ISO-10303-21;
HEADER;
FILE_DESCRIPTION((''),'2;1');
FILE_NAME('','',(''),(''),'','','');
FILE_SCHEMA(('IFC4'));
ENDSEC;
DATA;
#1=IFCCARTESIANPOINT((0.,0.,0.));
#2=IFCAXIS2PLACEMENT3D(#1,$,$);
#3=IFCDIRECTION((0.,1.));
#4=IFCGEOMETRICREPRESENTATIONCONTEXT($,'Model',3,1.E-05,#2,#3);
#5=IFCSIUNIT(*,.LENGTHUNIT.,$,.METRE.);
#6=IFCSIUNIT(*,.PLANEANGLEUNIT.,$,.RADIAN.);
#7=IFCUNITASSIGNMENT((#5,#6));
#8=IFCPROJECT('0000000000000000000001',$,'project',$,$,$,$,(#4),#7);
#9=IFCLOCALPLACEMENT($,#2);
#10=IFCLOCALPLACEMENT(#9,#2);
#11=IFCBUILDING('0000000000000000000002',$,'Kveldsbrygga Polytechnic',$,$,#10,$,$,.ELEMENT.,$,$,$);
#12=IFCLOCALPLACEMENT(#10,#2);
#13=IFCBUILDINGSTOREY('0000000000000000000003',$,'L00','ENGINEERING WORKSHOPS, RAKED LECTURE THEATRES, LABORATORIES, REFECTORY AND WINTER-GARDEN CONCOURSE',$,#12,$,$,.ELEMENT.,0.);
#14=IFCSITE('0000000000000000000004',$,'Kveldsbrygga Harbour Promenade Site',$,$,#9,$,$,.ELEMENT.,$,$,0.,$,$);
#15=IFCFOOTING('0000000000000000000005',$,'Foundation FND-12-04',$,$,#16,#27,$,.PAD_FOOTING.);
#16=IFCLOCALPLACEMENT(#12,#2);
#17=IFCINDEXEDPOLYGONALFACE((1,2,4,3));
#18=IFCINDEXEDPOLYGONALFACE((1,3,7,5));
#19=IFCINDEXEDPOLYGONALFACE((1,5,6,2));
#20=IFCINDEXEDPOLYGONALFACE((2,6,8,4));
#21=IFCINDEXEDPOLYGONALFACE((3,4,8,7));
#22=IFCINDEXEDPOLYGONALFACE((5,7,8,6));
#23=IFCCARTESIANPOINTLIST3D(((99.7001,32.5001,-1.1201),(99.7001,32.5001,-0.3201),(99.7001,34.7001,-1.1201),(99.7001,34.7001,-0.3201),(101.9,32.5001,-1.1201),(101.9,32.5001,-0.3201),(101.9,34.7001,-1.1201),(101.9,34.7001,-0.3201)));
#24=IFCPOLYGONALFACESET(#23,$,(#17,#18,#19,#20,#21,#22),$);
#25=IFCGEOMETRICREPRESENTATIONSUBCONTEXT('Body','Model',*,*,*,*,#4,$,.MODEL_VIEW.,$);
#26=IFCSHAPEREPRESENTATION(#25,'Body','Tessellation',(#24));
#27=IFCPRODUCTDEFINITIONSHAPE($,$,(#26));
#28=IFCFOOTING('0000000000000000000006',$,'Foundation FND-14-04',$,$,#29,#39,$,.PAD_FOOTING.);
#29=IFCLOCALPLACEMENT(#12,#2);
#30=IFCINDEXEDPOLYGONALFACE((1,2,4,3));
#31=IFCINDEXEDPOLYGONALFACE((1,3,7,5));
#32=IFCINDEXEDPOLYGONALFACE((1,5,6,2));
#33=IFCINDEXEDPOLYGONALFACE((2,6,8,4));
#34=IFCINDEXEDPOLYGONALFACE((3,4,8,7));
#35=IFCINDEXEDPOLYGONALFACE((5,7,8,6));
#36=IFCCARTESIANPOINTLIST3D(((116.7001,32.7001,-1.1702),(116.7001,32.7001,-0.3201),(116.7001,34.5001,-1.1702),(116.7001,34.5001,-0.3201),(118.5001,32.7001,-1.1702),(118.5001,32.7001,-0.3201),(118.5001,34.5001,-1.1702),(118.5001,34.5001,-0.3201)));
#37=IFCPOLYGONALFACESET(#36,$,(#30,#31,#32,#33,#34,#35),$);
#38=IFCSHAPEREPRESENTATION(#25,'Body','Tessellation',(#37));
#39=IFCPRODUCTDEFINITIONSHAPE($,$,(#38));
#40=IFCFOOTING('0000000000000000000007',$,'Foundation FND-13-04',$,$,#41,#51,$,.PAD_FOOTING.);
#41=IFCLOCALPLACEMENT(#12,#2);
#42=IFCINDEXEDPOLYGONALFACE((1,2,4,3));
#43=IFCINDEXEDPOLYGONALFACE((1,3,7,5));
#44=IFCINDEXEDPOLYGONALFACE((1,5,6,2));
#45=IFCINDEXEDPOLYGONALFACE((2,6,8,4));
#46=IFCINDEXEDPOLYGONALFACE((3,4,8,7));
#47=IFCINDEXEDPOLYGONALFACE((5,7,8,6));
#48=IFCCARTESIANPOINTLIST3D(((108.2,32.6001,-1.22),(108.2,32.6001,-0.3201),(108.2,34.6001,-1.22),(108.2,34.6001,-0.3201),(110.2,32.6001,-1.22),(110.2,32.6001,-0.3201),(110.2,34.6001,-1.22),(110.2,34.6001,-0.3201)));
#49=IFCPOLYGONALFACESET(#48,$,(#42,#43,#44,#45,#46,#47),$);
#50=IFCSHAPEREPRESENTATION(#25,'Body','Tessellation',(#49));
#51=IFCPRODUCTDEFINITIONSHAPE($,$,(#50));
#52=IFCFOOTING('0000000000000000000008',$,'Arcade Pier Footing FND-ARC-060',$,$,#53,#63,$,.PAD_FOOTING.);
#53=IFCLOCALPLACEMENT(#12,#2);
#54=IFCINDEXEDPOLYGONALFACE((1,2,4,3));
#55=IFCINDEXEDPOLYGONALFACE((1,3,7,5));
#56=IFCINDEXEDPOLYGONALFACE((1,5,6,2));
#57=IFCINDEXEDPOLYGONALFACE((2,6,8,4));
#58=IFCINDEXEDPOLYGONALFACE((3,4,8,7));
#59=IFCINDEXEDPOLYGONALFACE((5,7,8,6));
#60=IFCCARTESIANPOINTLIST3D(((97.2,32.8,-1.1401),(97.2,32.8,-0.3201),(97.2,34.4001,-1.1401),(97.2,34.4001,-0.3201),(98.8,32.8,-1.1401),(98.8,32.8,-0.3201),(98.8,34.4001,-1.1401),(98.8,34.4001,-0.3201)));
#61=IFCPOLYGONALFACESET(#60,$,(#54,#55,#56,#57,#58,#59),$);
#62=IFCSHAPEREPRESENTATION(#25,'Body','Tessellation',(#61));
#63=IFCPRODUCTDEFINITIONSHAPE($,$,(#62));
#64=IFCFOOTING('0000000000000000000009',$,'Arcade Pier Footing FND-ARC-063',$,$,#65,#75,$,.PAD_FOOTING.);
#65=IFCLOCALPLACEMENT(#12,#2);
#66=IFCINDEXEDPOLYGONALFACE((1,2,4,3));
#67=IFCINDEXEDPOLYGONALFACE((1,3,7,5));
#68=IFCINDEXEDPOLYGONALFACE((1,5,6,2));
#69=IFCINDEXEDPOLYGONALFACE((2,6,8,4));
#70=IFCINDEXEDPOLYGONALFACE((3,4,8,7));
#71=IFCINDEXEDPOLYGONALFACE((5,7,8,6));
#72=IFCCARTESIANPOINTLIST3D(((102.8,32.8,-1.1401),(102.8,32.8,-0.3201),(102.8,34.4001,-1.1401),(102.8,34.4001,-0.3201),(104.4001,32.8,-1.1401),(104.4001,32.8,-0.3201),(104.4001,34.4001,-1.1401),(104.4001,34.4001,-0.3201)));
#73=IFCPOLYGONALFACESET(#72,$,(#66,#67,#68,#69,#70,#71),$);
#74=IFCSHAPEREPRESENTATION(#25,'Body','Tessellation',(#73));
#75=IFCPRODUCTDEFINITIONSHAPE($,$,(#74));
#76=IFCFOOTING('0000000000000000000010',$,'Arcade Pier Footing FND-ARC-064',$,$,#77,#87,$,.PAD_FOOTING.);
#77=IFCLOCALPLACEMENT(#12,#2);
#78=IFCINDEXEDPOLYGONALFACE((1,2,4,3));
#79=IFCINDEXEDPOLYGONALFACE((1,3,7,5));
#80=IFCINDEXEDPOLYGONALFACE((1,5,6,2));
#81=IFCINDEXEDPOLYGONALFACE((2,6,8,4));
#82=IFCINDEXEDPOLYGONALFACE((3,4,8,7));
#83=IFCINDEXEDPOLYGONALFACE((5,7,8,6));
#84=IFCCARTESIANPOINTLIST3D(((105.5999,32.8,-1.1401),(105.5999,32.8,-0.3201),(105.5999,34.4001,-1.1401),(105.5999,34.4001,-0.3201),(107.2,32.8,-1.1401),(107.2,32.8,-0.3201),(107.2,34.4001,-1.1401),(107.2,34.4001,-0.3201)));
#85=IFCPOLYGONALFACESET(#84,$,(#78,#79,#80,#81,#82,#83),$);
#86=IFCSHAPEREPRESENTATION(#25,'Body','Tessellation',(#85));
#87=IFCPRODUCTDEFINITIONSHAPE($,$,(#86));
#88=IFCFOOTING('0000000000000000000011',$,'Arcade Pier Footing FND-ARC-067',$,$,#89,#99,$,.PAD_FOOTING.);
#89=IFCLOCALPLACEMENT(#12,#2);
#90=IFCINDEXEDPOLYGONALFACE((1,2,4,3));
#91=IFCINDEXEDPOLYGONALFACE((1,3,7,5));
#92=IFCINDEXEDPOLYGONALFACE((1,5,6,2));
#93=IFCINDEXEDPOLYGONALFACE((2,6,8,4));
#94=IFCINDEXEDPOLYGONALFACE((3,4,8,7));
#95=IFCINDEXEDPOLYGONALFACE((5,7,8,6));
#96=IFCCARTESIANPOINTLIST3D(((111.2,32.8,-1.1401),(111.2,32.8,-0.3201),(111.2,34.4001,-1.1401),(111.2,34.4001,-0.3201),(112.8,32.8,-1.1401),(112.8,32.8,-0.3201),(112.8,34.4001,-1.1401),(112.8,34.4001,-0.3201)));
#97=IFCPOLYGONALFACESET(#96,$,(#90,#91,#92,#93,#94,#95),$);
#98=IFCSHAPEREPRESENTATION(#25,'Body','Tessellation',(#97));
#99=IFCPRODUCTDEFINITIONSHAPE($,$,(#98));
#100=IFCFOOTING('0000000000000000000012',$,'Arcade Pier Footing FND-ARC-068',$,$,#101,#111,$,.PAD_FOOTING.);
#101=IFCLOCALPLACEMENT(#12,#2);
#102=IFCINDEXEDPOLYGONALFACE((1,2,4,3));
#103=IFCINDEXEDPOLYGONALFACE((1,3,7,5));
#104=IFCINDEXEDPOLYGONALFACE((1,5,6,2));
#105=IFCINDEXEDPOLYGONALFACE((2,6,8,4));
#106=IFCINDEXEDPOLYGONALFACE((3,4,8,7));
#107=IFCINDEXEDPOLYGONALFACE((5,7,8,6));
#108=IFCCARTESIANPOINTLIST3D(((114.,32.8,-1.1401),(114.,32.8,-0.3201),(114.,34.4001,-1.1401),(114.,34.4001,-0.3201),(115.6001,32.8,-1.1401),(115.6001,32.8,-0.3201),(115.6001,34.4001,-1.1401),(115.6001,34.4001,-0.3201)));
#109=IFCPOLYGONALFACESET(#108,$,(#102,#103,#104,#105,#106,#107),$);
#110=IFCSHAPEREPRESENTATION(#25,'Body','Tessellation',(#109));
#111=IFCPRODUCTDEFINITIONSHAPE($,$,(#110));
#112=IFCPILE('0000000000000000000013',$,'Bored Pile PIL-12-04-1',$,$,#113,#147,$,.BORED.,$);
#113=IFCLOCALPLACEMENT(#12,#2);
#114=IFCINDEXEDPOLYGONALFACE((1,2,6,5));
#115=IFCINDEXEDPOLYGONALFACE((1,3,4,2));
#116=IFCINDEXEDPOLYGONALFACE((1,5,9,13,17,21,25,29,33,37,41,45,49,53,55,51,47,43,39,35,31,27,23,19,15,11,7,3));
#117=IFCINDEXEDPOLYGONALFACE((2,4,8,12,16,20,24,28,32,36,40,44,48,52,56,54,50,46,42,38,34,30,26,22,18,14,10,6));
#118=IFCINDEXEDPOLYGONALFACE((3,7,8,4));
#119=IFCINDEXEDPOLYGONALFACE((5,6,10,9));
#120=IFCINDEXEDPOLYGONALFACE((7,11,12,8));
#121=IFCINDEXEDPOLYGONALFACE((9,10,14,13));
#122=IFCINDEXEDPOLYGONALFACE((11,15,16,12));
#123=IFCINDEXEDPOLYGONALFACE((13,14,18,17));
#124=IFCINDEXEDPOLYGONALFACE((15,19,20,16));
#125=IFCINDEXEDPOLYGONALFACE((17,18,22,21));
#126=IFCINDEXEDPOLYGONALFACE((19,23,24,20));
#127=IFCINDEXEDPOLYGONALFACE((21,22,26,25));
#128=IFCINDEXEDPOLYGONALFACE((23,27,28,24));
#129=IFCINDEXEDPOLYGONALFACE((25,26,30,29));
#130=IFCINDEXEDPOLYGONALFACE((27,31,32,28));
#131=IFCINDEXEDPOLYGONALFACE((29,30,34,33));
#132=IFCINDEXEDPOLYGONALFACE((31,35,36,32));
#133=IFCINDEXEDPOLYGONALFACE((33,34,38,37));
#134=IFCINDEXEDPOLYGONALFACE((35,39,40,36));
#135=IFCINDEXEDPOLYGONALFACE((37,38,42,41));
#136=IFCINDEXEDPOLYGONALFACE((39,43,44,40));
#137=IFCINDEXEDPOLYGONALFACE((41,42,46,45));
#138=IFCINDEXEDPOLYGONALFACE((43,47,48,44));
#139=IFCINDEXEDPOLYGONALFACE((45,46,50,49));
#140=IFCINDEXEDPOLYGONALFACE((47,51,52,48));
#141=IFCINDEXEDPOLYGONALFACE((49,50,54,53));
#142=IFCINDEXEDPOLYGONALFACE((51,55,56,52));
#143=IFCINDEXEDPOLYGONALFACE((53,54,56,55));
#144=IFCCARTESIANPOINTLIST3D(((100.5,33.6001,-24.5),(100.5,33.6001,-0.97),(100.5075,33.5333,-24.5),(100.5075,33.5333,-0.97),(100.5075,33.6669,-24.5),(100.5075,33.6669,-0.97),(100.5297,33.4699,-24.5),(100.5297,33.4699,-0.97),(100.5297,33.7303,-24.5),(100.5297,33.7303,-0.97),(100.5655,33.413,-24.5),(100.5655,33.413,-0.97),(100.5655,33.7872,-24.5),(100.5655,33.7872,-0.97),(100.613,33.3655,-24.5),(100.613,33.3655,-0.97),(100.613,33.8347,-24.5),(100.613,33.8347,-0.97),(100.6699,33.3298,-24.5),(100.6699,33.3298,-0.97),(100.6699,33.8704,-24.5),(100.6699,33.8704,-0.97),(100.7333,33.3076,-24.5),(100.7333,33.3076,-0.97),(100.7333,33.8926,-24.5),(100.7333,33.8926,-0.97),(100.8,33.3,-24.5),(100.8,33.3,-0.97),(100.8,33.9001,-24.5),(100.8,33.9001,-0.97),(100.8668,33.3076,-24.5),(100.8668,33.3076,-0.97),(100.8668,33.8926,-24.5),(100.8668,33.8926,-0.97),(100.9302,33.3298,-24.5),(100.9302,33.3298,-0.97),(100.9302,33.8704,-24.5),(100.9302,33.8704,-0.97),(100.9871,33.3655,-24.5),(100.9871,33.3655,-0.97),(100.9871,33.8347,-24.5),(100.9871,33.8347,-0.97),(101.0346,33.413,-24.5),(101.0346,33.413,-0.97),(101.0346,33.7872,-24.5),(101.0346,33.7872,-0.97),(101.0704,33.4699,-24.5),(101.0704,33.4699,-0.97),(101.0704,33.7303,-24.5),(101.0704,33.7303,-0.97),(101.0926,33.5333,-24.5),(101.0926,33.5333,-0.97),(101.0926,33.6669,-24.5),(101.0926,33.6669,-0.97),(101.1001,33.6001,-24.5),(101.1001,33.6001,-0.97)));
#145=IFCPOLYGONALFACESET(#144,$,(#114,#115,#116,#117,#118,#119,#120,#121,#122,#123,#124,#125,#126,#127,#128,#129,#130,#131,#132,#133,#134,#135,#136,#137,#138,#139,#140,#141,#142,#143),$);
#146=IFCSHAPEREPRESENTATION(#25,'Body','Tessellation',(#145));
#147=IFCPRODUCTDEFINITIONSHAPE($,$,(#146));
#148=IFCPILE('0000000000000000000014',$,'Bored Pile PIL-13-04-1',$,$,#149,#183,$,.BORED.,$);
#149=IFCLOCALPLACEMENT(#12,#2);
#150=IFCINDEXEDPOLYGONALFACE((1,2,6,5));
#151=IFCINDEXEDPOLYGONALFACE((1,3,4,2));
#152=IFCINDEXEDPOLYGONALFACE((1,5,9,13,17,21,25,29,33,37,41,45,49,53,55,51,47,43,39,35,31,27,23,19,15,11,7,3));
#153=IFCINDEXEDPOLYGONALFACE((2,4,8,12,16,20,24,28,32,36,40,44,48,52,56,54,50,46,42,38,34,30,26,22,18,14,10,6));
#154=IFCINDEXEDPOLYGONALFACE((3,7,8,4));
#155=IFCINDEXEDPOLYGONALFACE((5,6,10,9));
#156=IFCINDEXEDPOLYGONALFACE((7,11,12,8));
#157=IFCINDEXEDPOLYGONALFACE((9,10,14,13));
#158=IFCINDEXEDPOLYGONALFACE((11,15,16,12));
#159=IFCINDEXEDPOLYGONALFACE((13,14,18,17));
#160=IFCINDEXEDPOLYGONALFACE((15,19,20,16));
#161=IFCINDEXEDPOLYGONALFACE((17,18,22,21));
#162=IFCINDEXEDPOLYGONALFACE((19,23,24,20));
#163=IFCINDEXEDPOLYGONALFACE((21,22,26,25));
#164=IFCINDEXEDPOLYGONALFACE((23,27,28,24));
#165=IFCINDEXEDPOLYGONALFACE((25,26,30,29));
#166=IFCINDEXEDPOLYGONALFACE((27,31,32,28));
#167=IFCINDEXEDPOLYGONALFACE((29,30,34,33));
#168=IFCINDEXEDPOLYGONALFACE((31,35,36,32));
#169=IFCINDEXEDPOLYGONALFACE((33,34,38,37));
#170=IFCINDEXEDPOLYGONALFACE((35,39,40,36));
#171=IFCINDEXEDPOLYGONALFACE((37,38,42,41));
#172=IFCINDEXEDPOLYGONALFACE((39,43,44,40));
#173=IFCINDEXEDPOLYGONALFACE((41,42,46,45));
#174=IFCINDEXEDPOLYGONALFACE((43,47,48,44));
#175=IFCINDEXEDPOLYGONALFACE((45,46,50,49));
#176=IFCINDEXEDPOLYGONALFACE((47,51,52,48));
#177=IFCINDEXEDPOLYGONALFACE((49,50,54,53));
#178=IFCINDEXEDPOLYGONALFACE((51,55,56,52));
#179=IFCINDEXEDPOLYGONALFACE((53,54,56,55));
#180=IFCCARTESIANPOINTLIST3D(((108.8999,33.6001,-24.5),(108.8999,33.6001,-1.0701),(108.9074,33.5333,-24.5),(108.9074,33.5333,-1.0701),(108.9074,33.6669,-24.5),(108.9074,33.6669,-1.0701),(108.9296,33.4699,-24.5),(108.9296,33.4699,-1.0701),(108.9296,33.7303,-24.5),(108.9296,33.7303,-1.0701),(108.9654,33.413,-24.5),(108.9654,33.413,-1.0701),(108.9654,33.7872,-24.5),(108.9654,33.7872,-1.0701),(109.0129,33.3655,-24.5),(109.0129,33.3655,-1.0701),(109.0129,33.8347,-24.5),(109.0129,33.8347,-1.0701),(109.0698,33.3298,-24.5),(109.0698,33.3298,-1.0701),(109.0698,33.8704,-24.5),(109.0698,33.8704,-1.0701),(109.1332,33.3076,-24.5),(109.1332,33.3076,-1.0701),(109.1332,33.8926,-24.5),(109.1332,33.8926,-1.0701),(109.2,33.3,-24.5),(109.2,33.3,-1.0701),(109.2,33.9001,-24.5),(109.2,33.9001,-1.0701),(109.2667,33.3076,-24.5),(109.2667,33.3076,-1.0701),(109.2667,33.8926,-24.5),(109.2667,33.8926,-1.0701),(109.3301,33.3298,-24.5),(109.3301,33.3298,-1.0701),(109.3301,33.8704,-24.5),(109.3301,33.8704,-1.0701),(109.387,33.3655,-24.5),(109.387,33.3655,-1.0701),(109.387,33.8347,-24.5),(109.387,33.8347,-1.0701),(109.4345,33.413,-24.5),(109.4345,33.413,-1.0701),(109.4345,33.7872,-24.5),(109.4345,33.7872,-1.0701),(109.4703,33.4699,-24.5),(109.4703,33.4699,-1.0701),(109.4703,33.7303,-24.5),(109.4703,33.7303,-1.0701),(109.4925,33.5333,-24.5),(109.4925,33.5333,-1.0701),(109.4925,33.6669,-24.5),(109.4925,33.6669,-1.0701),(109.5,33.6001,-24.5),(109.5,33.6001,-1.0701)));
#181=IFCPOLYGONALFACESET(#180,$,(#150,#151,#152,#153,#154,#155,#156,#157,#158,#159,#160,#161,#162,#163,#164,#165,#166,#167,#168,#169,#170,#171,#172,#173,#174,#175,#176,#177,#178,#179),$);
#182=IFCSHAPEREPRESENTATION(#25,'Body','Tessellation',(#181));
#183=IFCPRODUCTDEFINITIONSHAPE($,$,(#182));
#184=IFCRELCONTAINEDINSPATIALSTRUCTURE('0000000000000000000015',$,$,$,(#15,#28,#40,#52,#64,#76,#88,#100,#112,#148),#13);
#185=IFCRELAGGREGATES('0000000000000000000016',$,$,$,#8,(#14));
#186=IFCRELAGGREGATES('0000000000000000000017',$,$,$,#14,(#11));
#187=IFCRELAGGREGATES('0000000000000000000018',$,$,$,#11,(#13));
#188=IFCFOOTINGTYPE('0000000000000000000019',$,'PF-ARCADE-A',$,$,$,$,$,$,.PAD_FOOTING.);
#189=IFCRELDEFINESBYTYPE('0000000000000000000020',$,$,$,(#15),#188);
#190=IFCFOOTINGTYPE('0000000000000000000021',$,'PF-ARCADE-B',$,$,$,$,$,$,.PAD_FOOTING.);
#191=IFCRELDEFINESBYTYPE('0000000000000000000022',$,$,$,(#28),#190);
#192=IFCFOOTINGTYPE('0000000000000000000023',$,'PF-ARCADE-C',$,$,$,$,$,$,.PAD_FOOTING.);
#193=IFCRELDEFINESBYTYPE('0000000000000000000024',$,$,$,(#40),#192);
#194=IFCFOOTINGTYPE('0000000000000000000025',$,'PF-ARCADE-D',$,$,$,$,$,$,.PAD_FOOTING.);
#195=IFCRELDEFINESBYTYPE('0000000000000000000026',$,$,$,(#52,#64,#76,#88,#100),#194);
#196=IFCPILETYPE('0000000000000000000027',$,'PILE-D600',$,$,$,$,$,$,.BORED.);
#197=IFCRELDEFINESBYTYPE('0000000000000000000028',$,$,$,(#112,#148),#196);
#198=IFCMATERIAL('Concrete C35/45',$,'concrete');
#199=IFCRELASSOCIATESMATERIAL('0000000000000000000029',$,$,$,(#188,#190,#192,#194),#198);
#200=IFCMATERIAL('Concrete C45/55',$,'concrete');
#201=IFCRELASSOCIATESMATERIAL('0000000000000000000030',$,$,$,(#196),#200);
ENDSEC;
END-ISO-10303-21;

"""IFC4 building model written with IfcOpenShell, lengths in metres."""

from ifc_helpers import new_model, si_unit, direction, frame, origin, origin_2d, place, context, subcontext, project, spatial, rectangle, circle, extrude, material, material_profile, profile_set, type_object, element, save


model = new_model("IFC4")

# Units and contexts
model_context = context("Model", 3, precision=1e-05, world=origin(), true_north=direction((0.0, 1.0)))
body_context = subcontext(model_context, "Body", "Model", "MODEL_VIEW")
ifc_project = project(units=[si_unit("LENGTHUNIT", "METRE"), si_unit("PLANEANGLEUNIT", "RADIAN")], contexts=[model_context])

# Site, building, storey
site_placement = place(None, origin())
site = spatial("IfcSite", under=ifc_project, at=site_placement, Name="Kveldsbrygga Harbour Promenade Site", CompositionType="ELEMENT", RefElevation=0.0)
building_placement = place(site_placement, origin())
building = spatial("IfcBuilding", under=site, at=building_placement, Name="Kveldsbrygga Polytechnic", CompositionType="ELEMENT")
storey_placement = place(building_placement, origin())
storey = spatial("IfcBuildingStorey", under=building, at=storey_placement, Name="L00", Description="ENGINEERING WORKSHOPS, RAKED LECTURE THEATRES, LABORATORIES, REFECTORY AND WINTER-GARDEN CONCOURSE", CompositionType="ELEMENT", Elevation=0.0)

# Footings
ifc_material_1 = material(Name="Concrete C35/45", Category="concrete")
footing_type_1 = type_object("IfcFootingType", Name="PF-ARCADE-A", PredefinedType="PAD_FOOTING", material=ifc_material_1)
footing_1_placement = place(storey_placement, frame((100.8, 33.6001, -1.1201), z_axis=(0.0, 0.0, 1.0), x_axis=(1.0, 0.0, 0.0)))
element("IfcFooting", 1, at=footing_1_placement, inside=storey, type_object=footing_type_1, Name="Foundation FND-12-04", PredefinedType="PAD_FOOTING", context=body_context, shape_type="SweptSolid", body=[
    extrude(rectangle(XDim=2.2, YDim=2.2, at=origin_2d()), origin(), (0.0, 0.0, 1.0), 0.8),
])
footing_type_2 = type_object("IfcFootingType", Name="PF-ARCADE-B", PredefinedType="PAD_FOOTING", material=ifc_material_1)
footing_2_placement = place(storey_placement, frame((117.6001, 33.6001, -1.1702), z_axis=(0.0, 0.0, 1.0), x_axis=(1.0, 0.0, 0.0)))
element("IfcFooting", 2, at=footing_2_placement, inside=storey, type_object=footing_type_2, Name="Foundation FND-14-04", PredefinedType="PAD_FOOTING", context=body_context, shape_type="SweptSolid", body=[
    extrude(rectangle(XDim=1.8, YDim=1.8, at=origin_2d()), origin(), (0.0, 0.0, 1.0), 0.8501),
])
footing_type_3 = type_object("IfcFootingType", Name="PF-ARCADE-C", PredefinedType="PAD_FOOTING", material=ifc_material_1)
footing_3_placement = place(storey_placement, frame((109.2, 33.6001, -1.22), z_axis=(0.0, 0.0, 1.0), x_axis=(1.0, 0.0, 0.0)))
element("IfcFooting", 3, at=footing_3_placement, inside=storey, type_object=footing_type_3, Name="Foundation FND-13-04", PredefinedType="PAD_FOOTING", context=body_context, shape_type="SweptSolid", body=[
    extrude(rectangle(XDim=2.0, YDim=2.0, at=origin_2d()), origin(), (0.0, 0.0, 1.0), 0.8999),
])
footing_type_4 = type_object("IfcFootingType", Name="PF-ARCADE-D", PredefinedType="PAD_FOOTING", material=ifc_material_1)
for number, where, z_axis, x_axis, name in (
    (4, (98.0, 33.6001, -1.1401), (0.0, 0.0, 1.0), (1.0, 0.0, 0.0), "Arcade Pier Footing FND-ARC-060"),
    (5, (103.6001, 33.6001, -1.1401), (0.0, 0.0, 1.0), (1.0, 0.0, 0.0), "Arcade Pier Footing FND-ARC-063"),
    (6, (106.3999, 33.6001, -1.1401), (0.0, 0.0, 1.0), (1.0, 0.0, 0.0), "Arcade Pier Footing FND-ARC-064"),
    (7, (112.0, 33.6001, -1.1401), (0.0, 0.0, 1.0), (1.0, 0.0, 0.0), "Arcade Pier Footing FND-ARC-067"),
    (8, (114.8, 33.6001, -1.1401), (0.0, 0.0, 1.0), (1.0, 0.0, 0.0), "Arcade Pier Footing FND-ARC-068"),
):
    element("IfcFooting", number, at=place(storey_placement, frame(where, z_axis=z_axis, x_axis=x_axis)), inside=storey, type_object=footing_type_4, Name=name, PredefinedType="PAD_FOOTING", context=body_context, shape_type="SweptSolid", body=[
        extrude(rectangle(XDim=1.6001, YDim=1.6001, at=origin_2d()), origin(), (0.0, 0.0, 1.0), 0.8201),
    ])

# Piles
ifc_material_2 = material(Name="Concrete C45/55", Category="concrete")
ifc_material_profile_1 = material_profile(ifc_material_2, circle(Radius=0.3, at=origin_2d()), Name="PILE D600")
ifc_profile_set_1 = profile_set([ifc_material_profile_1], Name="Concrete C45/55")
pile_type = type_object("IfcPileType", Name="PILE-D600", PredefinedType="BORED", material=ifc_profile_set_1)
pile_1_placement = place(storey_placement, frame((100.8, 33.6001, -0.97), z_axis=(0.0, 0.0, -1.0), x_axis=(1.0, 0.0, 0.0)))
element("IfcPile", 9, at=pile_1_placement, inside=storey, type_object=pile_type, Name="Bored Pile PIL-12-04-1", PredefinedType="BORED", context=body_context, shape_type="SweptSolid", body=[
    extrude(circle(Radius=0.3, at=origin_2d()), origin(), (0.0, 0.0, 1.0), 23.53),
])
pile_2_placement = place(storey_placement, frame((109.2, 33.6001, -1.0701), z_axis=(0.0, 0.0, -1.0), x_axis=(1.0, 0.0, 0.0)))
element("IfcPile", 10, at=pile_2_placement, inside=storey, type_object=pile_type, Name="Bored Pile PIL-13-04-1", PredefinedType="BORED", context=body_context, shape_type="SweptSolid", body=[
    extrude(circle(Radius=0.3, at=origin_2d()), origin(), (0.0, 0.0, 1.0), 23.4299),
])

save(model, "model.ifc")
